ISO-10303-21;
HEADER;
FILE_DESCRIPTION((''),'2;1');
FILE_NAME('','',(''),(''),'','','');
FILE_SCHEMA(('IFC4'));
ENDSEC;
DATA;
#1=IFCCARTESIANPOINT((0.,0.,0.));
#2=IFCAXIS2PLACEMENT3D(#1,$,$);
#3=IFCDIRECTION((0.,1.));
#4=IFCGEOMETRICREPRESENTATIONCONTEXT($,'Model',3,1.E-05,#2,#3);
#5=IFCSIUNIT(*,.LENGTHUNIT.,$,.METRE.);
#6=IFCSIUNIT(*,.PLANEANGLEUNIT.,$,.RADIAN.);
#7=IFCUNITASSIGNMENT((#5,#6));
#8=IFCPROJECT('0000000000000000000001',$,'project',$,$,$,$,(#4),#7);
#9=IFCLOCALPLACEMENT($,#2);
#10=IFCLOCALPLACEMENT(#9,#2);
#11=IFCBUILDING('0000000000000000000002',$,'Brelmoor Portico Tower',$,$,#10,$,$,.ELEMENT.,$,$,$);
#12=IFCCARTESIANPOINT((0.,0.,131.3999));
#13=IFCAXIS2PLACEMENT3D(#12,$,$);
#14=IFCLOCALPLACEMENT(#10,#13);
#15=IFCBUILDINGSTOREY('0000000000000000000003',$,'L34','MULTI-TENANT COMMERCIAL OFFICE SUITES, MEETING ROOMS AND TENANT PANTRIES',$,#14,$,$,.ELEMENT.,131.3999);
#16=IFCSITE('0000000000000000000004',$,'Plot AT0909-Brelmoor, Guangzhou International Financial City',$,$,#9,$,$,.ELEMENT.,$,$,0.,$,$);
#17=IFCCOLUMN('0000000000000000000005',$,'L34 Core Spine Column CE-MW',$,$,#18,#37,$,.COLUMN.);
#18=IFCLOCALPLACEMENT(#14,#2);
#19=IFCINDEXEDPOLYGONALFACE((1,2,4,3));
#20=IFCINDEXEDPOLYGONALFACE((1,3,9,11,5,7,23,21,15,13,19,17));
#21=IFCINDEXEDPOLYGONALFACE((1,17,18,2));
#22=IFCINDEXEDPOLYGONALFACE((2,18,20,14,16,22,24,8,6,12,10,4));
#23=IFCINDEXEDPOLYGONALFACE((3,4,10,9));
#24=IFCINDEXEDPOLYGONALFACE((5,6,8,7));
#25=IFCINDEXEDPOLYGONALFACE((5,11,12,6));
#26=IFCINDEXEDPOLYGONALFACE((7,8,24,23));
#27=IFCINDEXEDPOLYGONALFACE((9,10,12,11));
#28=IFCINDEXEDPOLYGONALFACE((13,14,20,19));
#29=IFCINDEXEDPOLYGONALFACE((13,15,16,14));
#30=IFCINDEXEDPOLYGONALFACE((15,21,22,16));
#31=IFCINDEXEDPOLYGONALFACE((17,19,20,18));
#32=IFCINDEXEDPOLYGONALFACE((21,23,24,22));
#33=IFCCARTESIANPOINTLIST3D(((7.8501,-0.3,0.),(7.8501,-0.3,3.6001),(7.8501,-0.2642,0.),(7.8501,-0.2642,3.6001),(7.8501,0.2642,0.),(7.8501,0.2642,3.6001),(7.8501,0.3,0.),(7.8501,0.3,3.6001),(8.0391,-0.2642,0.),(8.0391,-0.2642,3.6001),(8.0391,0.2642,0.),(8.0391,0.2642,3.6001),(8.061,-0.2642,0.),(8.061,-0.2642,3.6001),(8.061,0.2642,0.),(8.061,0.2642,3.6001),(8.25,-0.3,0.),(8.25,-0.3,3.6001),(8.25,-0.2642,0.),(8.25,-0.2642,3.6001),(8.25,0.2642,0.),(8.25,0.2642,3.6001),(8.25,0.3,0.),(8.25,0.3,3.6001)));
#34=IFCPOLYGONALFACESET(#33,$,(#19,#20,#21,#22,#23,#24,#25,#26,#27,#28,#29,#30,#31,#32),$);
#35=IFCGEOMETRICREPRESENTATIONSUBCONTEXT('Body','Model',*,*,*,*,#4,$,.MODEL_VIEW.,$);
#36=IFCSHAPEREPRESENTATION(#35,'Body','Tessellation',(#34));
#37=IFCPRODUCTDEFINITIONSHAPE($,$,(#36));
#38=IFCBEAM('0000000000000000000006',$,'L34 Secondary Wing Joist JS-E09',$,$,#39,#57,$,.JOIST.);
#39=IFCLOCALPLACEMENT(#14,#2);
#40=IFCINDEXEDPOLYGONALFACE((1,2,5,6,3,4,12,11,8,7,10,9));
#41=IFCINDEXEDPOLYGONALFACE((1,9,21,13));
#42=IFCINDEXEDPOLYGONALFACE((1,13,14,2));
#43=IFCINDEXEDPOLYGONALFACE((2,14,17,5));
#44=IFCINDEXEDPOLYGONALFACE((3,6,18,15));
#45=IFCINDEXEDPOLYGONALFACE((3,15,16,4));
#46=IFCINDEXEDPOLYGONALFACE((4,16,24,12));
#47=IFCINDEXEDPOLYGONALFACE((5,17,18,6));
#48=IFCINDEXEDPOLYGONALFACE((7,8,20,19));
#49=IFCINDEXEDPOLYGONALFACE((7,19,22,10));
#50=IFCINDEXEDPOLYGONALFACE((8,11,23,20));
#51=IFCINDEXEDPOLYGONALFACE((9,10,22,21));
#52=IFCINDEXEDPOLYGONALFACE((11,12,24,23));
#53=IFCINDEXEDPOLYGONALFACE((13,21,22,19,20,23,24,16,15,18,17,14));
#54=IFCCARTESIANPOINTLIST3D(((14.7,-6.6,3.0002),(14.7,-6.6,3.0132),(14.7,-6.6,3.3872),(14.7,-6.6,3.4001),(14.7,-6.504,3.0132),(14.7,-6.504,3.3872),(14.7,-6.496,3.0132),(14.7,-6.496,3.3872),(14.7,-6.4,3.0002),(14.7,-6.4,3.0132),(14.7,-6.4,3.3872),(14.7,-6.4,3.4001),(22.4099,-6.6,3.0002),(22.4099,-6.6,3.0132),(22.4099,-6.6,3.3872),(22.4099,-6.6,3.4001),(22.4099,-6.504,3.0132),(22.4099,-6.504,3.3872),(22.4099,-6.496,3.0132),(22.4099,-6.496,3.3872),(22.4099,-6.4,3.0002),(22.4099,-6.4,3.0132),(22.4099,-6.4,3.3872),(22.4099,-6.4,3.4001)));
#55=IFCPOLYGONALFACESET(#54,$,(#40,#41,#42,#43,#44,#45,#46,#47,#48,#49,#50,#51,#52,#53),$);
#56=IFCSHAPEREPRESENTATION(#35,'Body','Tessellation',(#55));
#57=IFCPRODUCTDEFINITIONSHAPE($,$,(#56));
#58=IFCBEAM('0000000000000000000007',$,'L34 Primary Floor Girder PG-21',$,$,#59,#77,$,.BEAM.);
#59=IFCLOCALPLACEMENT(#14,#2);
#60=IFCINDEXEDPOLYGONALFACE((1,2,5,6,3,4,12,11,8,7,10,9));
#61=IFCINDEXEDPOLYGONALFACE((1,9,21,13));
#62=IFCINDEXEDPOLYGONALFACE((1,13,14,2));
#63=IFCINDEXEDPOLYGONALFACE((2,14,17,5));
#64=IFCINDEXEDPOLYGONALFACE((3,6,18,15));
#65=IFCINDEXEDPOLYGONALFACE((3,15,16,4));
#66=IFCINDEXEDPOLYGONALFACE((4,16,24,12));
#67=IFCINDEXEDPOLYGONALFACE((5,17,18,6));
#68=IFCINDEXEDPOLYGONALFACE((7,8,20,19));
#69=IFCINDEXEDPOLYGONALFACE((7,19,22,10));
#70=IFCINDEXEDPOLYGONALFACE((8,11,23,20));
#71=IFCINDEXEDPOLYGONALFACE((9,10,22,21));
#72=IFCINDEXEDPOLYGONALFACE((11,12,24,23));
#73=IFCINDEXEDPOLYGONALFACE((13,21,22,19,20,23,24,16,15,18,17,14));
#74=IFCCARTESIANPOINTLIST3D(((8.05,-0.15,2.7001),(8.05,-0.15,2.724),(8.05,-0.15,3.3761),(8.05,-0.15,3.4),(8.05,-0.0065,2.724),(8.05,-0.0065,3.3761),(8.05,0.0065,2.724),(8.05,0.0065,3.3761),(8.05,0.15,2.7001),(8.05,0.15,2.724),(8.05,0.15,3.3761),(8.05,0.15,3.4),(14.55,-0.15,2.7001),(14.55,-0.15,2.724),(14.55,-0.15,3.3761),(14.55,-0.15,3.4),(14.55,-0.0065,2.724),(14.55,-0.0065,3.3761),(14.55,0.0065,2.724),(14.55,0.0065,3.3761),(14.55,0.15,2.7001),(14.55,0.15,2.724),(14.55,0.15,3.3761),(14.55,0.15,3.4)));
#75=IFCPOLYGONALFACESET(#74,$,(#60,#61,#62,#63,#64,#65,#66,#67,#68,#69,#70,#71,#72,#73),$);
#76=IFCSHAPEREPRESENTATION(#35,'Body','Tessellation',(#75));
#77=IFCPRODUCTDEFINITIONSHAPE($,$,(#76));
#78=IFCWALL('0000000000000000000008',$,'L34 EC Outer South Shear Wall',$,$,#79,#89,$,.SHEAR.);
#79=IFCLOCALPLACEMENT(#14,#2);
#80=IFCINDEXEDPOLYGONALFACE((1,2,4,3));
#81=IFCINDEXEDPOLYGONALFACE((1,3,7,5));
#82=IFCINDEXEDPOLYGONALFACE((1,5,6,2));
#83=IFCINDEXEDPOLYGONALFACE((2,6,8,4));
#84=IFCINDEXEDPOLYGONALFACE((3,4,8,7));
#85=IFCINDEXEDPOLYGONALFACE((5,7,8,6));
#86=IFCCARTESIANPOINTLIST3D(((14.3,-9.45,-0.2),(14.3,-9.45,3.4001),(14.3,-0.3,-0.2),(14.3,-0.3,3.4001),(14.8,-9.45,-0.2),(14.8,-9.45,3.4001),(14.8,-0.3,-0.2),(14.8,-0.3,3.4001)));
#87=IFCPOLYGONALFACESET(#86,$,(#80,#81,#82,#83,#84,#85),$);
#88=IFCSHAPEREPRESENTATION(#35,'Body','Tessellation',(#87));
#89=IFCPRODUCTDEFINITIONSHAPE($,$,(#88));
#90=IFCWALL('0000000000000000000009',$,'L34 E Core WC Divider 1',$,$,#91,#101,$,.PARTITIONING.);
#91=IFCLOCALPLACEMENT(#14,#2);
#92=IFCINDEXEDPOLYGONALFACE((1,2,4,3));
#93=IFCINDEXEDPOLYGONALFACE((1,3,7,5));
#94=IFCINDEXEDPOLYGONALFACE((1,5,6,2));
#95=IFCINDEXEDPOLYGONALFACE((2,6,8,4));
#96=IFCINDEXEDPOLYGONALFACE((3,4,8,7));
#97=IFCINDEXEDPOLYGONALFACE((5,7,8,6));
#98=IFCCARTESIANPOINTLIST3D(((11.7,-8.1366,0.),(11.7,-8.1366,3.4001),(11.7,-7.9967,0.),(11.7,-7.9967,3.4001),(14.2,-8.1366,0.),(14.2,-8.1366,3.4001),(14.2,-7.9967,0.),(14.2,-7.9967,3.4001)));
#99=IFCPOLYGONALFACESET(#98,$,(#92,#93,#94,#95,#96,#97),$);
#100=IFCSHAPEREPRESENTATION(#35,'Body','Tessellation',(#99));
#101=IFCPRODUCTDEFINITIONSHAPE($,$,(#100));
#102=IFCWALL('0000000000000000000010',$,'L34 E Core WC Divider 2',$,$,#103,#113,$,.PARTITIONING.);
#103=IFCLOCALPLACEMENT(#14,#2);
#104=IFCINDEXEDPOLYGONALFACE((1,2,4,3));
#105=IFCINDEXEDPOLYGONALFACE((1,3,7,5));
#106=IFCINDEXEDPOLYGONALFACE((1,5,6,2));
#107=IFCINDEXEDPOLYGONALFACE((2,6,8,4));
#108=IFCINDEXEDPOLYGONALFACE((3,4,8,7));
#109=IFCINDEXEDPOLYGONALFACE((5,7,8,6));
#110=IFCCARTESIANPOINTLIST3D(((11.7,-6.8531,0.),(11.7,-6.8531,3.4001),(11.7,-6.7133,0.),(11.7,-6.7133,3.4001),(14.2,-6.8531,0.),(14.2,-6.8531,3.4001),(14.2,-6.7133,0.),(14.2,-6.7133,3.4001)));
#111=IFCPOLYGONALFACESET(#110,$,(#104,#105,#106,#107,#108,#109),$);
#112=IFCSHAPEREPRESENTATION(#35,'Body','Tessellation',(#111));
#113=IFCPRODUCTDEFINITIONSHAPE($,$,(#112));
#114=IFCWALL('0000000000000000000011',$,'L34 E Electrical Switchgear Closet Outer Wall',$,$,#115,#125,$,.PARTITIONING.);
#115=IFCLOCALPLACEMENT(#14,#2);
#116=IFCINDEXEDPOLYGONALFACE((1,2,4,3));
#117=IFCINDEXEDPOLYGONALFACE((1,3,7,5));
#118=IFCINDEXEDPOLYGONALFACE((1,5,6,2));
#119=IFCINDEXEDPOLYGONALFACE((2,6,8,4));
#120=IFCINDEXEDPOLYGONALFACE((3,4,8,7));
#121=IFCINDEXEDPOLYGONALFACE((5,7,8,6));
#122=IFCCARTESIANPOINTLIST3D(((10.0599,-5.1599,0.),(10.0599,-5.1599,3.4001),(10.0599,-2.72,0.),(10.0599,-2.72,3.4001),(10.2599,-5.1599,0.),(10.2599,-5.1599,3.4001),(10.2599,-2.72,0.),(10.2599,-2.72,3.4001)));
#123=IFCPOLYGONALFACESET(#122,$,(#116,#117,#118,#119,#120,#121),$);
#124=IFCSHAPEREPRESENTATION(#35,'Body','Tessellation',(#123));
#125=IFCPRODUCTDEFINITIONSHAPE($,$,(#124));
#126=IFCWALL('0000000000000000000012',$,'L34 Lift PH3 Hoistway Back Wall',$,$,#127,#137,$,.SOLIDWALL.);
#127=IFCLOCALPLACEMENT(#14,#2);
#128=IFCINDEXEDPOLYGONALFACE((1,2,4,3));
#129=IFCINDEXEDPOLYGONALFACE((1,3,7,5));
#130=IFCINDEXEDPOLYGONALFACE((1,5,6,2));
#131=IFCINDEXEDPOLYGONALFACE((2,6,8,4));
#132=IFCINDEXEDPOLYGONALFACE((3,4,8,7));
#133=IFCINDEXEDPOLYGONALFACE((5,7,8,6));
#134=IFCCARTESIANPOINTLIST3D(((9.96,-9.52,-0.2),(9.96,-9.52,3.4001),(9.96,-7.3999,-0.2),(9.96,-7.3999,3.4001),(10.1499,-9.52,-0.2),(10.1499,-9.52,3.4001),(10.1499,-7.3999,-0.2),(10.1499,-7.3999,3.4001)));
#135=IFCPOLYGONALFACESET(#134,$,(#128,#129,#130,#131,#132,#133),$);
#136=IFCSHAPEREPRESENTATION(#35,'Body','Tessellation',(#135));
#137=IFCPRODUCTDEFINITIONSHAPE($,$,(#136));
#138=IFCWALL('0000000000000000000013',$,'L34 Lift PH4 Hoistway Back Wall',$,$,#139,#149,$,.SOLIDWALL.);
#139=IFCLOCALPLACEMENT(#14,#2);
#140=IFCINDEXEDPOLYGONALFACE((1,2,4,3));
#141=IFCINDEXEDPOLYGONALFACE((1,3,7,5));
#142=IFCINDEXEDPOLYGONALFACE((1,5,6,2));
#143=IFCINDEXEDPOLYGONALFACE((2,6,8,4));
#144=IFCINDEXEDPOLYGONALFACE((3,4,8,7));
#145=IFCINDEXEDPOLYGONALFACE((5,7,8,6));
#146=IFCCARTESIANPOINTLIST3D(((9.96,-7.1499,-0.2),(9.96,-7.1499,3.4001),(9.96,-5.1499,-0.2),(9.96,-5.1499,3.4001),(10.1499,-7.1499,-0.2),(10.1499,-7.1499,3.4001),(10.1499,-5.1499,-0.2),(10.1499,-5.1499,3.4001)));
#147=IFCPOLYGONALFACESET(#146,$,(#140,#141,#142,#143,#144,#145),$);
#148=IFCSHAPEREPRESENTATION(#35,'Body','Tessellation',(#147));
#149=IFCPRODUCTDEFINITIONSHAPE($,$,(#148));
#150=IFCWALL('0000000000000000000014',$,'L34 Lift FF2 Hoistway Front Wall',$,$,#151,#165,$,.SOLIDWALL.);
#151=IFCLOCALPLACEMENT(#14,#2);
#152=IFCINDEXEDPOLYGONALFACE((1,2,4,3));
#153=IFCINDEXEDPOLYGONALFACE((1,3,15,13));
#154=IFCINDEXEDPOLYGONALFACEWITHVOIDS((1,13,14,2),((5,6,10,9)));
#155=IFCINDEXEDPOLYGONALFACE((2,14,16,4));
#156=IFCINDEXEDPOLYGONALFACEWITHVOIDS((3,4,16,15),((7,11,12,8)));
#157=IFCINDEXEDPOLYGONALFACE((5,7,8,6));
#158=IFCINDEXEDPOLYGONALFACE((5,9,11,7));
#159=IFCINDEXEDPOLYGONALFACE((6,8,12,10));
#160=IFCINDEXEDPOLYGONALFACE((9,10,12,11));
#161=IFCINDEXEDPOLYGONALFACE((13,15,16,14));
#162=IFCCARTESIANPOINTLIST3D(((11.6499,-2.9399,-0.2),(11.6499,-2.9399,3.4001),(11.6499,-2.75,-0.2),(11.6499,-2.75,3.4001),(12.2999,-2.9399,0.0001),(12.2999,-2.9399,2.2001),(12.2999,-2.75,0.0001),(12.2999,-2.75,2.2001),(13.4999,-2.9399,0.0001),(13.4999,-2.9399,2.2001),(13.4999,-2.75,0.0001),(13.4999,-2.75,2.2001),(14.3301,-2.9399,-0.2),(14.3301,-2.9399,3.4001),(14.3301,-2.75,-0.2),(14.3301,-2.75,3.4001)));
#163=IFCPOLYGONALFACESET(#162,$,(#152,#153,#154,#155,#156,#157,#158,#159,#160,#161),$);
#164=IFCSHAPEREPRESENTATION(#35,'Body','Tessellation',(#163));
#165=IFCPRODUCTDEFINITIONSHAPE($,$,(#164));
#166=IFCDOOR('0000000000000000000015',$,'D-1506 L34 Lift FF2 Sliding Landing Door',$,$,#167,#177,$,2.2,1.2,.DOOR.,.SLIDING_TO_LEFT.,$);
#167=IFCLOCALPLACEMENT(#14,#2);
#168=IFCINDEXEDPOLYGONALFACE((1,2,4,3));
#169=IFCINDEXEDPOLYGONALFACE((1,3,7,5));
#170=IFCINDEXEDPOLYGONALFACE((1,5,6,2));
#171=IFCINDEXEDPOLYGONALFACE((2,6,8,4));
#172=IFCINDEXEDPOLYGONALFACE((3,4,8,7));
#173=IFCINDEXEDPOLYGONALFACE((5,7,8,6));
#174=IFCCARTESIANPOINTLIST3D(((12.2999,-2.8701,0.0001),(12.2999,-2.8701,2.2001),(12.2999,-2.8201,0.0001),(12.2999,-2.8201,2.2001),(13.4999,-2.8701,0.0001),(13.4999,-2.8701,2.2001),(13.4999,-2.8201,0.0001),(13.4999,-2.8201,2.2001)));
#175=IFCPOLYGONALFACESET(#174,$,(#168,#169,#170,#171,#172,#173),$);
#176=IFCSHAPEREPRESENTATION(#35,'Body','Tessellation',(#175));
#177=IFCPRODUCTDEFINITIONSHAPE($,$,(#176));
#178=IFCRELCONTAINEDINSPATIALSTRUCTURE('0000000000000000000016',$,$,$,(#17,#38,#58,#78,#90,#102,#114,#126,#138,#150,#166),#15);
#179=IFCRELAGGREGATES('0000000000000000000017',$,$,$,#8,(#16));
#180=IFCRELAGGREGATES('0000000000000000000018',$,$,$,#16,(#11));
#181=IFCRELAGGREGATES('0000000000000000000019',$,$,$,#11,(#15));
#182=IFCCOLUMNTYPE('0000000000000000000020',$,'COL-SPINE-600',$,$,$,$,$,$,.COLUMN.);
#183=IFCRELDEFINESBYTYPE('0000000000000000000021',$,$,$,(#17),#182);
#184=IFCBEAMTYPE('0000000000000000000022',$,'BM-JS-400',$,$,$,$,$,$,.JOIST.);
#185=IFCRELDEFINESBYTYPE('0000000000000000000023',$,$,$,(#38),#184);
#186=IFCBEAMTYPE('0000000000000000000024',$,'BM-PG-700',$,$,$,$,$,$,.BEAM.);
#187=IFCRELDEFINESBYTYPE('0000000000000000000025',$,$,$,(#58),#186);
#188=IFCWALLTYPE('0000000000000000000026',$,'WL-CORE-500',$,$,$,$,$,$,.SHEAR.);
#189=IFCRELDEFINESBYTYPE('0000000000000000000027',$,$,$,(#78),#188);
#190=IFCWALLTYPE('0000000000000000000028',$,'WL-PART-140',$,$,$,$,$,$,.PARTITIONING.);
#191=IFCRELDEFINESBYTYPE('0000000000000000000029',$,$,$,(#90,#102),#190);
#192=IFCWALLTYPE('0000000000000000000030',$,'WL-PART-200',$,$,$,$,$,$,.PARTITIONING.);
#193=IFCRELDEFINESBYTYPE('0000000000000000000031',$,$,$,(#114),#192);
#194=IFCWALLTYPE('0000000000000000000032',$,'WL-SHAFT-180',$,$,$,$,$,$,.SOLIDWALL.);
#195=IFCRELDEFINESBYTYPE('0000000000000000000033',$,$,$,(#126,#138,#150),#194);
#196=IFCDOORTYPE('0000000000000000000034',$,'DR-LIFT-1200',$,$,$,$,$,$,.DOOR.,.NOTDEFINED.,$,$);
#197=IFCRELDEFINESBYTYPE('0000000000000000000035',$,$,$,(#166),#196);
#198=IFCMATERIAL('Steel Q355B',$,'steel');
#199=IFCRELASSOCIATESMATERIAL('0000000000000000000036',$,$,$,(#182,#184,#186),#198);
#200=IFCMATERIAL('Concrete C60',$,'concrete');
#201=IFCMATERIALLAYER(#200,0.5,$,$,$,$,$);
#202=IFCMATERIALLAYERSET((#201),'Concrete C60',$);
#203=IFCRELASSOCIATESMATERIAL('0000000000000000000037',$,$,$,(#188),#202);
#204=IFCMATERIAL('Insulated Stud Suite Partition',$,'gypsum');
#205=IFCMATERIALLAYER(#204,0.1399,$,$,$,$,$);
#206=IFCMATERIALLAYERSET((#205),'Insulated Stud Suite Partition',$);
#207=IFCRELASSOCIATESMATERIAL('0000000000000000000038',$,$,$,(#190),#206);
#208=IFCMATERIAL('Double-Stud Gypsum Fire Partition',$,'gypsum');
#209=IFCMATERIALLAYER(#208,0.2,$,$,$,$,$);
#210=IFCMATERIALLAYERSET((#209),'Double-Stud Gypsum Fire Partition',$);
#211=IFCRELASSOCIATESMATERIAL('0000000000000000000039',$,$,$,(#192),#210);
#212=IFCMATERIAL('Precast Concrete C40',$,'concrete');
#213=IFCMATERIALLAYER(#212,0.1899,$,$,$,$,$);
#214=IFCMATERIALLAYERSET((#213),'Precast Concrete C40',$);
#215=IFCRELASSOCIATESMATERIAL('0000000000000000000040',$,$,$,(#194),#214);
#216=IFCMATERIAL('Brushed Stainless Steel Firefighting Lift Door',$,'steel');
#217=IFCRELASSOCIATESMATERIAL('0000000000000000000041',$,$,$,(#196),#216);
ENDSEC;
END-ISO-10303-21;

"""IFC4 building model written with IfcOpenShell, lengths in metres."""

from ifc_helpers import new_model, si_unit, direction, frame, frame_2d, origin, origin_2d, place, context, subcontext, project, spatial, rectangle, i_section, extrude, material, layer, layer_set, material_profile, profile_set, type_object, element, fill, save


model = new_model("IFC4")

# Units and contexts
model_context = context("Model", 3, precision=1e-05, world=origin(), true_north=direction((0.0, 1.0)))
body_context = subcontext(model_context, "Body", "Model", "MODEL_VIEW")
ifc_project = project(units=[si_unit("LENGTHUNIT", "METRE"), si_unit("PLANEANGLEUNIT", "RADIAN")], contexts=[model_context])

# Site, building, storey
site_placement = place(None, origin())
site = spatial("IfcSite", under=ifc_project, at=site_placement, Name="Plot AT0909-Brelmoor, Guangzhou International Financial City", CompositionType="ELEMENT", RefElevation=0.0)
building_placement = place(site_placement, origin())
building = spatial("IfcBuilding", under=site, at=building_placement, Name="Brelmoor Portico Tower", CompositionType="ELEMENT")
storey_placement = place(building_placement, frame((0.0, 0.0, 131.3999)))
storey = spatial("IfcBuildingStorey", under=building, at=storey_placement, Name="L34", Description="MULTI-TENANT COMMERCIAL OFFICE SUITES, MEETING ROOMS AND TENANT PANTRIES", CompositionType="ELEMENT", Elevation=131.3999)

# Column
ifc_material_1 = material(Name="Steel Q355B", Category="steel")
ifc_material_profile_1 = material_profile(ifc_material_1, i_section(OverallWidth=0.3999, OverallDepth=0.6001, WebThickness=0.022, FlangeThickness=0.0359, at=origin_2d()), Name="HW 600x400x22x36")
ifc_profile_set_1 = profile_set([ifc_material_profile_1], Name="Steel Q355B")
column_type = type_object("IfcColumnType", Name="COL-SPINE-600", PredefinedType="COLUMN", material=ifc_profile_set_1)
column_placement = place(storey_placement, frame((8.05, 0.0, 0.0), z_axis=(0.0, 0.0, 1.0), x_axis=(1.0, 0.0, 0.0)))
element("IfcColumn", 1, at=column_placement, inside=storey, type_object=column_type, Name="L34 Core Spine Column CE-MW", PredefinedType="COLUMN", context=body_context, shape_type="SweptSolid", body=[
    extrude(i_section(OverallWidth=0.3999, OverallDepth=0.6001, WebThickness=0.022, FlangeThickness=0.0359, at=origin_2d()), origin(), (0.0, 0.0, 1.0), 3.6001),
])

# Beams
ifc_material_profile_2 = material_profile(ifc_material_1, i_section(OverallWidth=0.2, OverallDepth=0.3999, WebThickness=0.0081, FlangeThickness=0.0129, at=origin_2d()), Name="HN 400x200x8x13")
ifc_profile_set_2 = profile_set([ifc_material_profile_2], Name="Steel Q355B")
beam_type_1 = type_object("IfcBeamType", Name="BM-JS-400", PredefinedType="JOIST", material=ifc_profile_set_2)
beam_1_placement = place(storey_placement, frame((14.7, -6.5, 3.2002), z_axis=(1.0, 0.0, 0.0), x_axis=(0.0, 1.0, 0.0)))
element("IfcBeam", 2, at=beam_1_placement, inside=storey, type_object=beam_type_1, Name="L34 Secondary Wing Joist JS-E09", PredefinedType="JOIST", context=body_context, shape_type="SweptSolid", body=[
    extrude(i_section(OverallWidth=0.2, OverallDepth=0.3999, WebThickness=0.0081, FlangeThickness=0.0129, at=origin_2d()), origin(), (0.0, 0.0, 1.0), 7.71),
])
ifc_material_profile_3 = material_profile(ifc_material_1, i_section(OverallWidth=0.3, OverallDepth=0.7, WebThickness=0.0129, FlangeThickness=0.0239, at=origin_2d()), Name="HN 700x300x13x24")
ifc_profile_set_3 = profile_set([ifc_material_profile_3], Name="Steel Q355B")
beam_type_2 = type_object("IfcBeamType", Name="BM-PG-700", PredefinedType="BEAM", material=ifc_profile_set_3)
beam_2_placement = place(storey_placement, frame((8.05, 0.0, 3.05), z_axis=(1.0, 0.0, 0.0), x_axis=(0.0, 1.0, 0.0)))
element("IfcBeam", 3, at=beam_2_placement, inside=storey, type_object=beam_type_2, Name="L34 Primary Floor Girder PG-21", PredefinedType="BEAM", context=body_context, shape_type="SweptSolid", body=[
    extrude(i_section(OverallWidth=0.3, OverallDepth=0.7, WebThickness=0.0129, FlangeThickness=0.0239, at=origin_2d()), origin(), (0.0, 0.0, 1.0), 6.5),
])

# Walls
ifc_material_2 = material(Name="Concrete C60", Category="concrete")
ifc_layer_1 = layer(ifc_material_2, 0.5)
ifc_layer_set_1 = layer_set([ifc_layer_1], Name="Concrete C60")
wall_type_1 = type_object("IfcWallType", Name="WL-CORE-500", PredefinedType="SHEAR", material=ifc_layer_set_1)
wall_1_placement = place(storey_placement, frame((14.55, -9.45, -0.2), z_axis=(0.0, 0.0, 1.0), x_axis=(0.0, 1.0, 0.0)))
element("IfcWall", 4, at=wall_1_placement, inside=storey, type_object=wall_type_1, Name="L34 EC Outer South Shear Wall", PredefinedType="SHEAR", context=body_context, shape_type="SweptSolid", body=[
    extrude(rectangle(XDim=9.1499, YDim=0.5, at=frame_2d((4.575, 0.0))), origin(), (0.0, 0.0, 1.0), 3.6001),
])
ifc_material_3 = material(Name="Insulated Stud Suite Partition", Category="gypsum")
ifc_layer_2 = layer(ifc_material_3, 0.1399)
ifc_layer_set_2 = layer_set([ifc_layer_2], Name="Insulated Stud Suite Partition")
wall_type_2 = type_object("IfcWallType", Name="WL-PART-140", PredefinedType="PARTITIONING", material=ifc_layer_set_2)
for number, where, z_axis, x_axis, name in (
    (5, (11.7, -8.0667, 0.0), (0.0, 0.0, 1.0), (1.0, 0.0, 0.0), "L34 E Core WC Divider 1"),
    (6, (11.7, -6.7832, 0.0), (0.0, 0.0, 1.0), (1.0, 0.0, 0.0), "L34 E Core WC Divider 2"),
):
    element("IfcWall", number, at=place(storey_placement, frame(where, z_axis=z_axis, x_axis=x_axis)), inside=storey, type_object=wall_type_2, Name=name, PredefinedType="PARTITIONING", context=body_context, shape_type="SweptSolid", body=[
        extrude(rectangle(XDim=2.5, YDim=0.1399, at=frame_2d((1.25, 0.0))), origin(), (0.0, 0.0, 1.0), 3.4001),
    ])

# Shared definitions
ifc_material_4 = material(Name="Double-Stud Gypsum Fire Partition", Category="gypsum")
ifc_layer_3 = layer(ifc_material_4, 0.2)
ifc_layer_set_3 = layer_set([ifc_layer_3], Name="Double-Stud Gypsum Fire Partition")
wall_type_3 = type_object("IfcWallType", Name="WL-PART-200", PredefinedType="PARTITIONING", material=ifc_layer_set_3)

# Walls
wall_2_placement = place(storey_placement, frame((10.1599, -5.1599, 0.0), z_axis=(0.0, 0.0, 1.0), x_axis=(0.0, 1.0, 0.0)))
element("IfcWall", 7, at=wall_2_placement, inside=storey, type_object=wall_type_3, Name="L34 E Electrical Switchgear Closet Outer Wall", PredefinedType="PARTITIONING", context=body_context, shape_type="SweptSolid", body=[
    extrude(rectangle(XDim=2.4399, YDim=0.2, at=frame_2d((1.22, 0.0))), origin(), (0.0, 0.0, 1.0), 3.4001),
])
ifc_material_5 = material(Name="Precast Concrete C40", Category="concrete")
ifc_layer_4 = layer(ifc_material_5, 0.1899)
ifc_layer_set_4 = layer_set([ifc_layer_4], Name="Precast Concrete C40")
wall_type_4 = type_object("IfcWallType", Name="WL-SHAFT-180", PredefinedType="SOLIDWALL", material=ifc_layer_set_4)
wall_3_placement = place(storey_placement, frame((10.0549, -9.52, -0.2), z_axis=(0.0, 0.0, 1.0), x_axis=(0.0, 1.0, 0.0)))
element("IfcWall", 8, at=wall_3_placement, inside=storey, type_object=wall_type_4, Name="L34 Lift PH3 Hoistway Back Wall", PredefinedType="SOLIDWALL", context=body_context, shape_type="SweptSolid", body=[
    extrude(rectangle(XDim=2.1201, YDim=0.1899, at=frame_2d((1.0601, 0.0))), origin(), (0.0, 0.0, 1.0), 3.6001),
])
wall_4_placement = place(storey_placement, frame((10.0549, -7.1499, -0.2), z_axis=(0.0, 0.0, 1.0), x_axis=(0.0, 1.0, 0.0)))
element("IfcWall", 9, at=wall_4_placement, inside=storey, type_object=wall_type_4, Name="L34 Lift PH4 Hoistway Back Wall", PredefinedType="SOLIDWALL", context=body_context, shape_type="SweptSolid", body=[
    extrude(rectangle(XDim=2.0, YDim=0.1899, at=frame_2d((1.0, 0.0))), origin(), (0.0, 0.0, 1.0), 3.6001),
])

# Wall, opening, door
wall_5_placement = place(storey_placement, frame((11.6499, -2.845, -0.2), z_axis=(0.0, 0.0, 1.0), x_axis=(1.0, 0.0, 0.0)))
wall_5 = element("IfcWall", 10, at=wall_5_placement, inside=storey, type_object=wall_type_4, Name="L34 Lift FF2 Hoistway Front Wall", PredefinedType="SOLIDWALL", context=body_context, shape_type="SweptSolid", body=[
    extrude(rectangle(XDim=2.6802, YDim=0.1899, at=frame_2d((1.3401, 0.0))), origin(), (0.0, 0.0, 1.0), 3.6001),
])
opening_1_placement = place(wall_5_placement, frame((0.6499, 0.0, 0.2)))
opening_1 = element("IfcOpeningElement", 11, at=opening_1_placement, cuts=wall_5, PredefinedType="OPENING", context=body_context, shape_type="SweptSolid", body=[
    extrude(rectangle(XDim=1.2, YDim=2.2, at=frame_2d((0.6001, 1.1001))), frame((0.0, 0.105, 0.0), z_axis=(0.0, -1.0, 0.0), x_axis=(1.0, 0.0, 0.0)), (0.0, 0.0, 1.0), 0.21),
])
ifc_material_6 = material(Name="Brushed Stainless Steel Firefighting Lift Door", Category="steel")
door_type_1 = type_object("IfcDoorType", Name="DR-LIFT-1200", OperationType="NOTDEFINED", PredefinedType="DOOR", material=ifc_material_6)
door_1_placement = place(opening_1_placement, origin())
door_1 = element("IfcDoor", 12, at=door_1_placement, inside=storey, type_object=door_type_1, Name="D-1506 L34 Lift FF2 Sliding Landing Door", OperationType="SLIDING_TO_LEFT", OverallHeight=2.2, OverallWidth=1.2, PredefinedType="DOOR", context=body_context, shape_type="SweptSolid", body=[
    extrude(rectangle(XDim=1.2, YDim=2.2, at=frame_2d((0.6001, 1.1001))), frame((0.0, 0.0249, 0.0), z_axis=(0.0, -1.0, 0.0), x_axis=(1.0, 0.0, 0.0)), (0.0, 0.0, 1.0), 0.05),
])
fill(opening_1, door_1)

save(model, "model.ifc")
